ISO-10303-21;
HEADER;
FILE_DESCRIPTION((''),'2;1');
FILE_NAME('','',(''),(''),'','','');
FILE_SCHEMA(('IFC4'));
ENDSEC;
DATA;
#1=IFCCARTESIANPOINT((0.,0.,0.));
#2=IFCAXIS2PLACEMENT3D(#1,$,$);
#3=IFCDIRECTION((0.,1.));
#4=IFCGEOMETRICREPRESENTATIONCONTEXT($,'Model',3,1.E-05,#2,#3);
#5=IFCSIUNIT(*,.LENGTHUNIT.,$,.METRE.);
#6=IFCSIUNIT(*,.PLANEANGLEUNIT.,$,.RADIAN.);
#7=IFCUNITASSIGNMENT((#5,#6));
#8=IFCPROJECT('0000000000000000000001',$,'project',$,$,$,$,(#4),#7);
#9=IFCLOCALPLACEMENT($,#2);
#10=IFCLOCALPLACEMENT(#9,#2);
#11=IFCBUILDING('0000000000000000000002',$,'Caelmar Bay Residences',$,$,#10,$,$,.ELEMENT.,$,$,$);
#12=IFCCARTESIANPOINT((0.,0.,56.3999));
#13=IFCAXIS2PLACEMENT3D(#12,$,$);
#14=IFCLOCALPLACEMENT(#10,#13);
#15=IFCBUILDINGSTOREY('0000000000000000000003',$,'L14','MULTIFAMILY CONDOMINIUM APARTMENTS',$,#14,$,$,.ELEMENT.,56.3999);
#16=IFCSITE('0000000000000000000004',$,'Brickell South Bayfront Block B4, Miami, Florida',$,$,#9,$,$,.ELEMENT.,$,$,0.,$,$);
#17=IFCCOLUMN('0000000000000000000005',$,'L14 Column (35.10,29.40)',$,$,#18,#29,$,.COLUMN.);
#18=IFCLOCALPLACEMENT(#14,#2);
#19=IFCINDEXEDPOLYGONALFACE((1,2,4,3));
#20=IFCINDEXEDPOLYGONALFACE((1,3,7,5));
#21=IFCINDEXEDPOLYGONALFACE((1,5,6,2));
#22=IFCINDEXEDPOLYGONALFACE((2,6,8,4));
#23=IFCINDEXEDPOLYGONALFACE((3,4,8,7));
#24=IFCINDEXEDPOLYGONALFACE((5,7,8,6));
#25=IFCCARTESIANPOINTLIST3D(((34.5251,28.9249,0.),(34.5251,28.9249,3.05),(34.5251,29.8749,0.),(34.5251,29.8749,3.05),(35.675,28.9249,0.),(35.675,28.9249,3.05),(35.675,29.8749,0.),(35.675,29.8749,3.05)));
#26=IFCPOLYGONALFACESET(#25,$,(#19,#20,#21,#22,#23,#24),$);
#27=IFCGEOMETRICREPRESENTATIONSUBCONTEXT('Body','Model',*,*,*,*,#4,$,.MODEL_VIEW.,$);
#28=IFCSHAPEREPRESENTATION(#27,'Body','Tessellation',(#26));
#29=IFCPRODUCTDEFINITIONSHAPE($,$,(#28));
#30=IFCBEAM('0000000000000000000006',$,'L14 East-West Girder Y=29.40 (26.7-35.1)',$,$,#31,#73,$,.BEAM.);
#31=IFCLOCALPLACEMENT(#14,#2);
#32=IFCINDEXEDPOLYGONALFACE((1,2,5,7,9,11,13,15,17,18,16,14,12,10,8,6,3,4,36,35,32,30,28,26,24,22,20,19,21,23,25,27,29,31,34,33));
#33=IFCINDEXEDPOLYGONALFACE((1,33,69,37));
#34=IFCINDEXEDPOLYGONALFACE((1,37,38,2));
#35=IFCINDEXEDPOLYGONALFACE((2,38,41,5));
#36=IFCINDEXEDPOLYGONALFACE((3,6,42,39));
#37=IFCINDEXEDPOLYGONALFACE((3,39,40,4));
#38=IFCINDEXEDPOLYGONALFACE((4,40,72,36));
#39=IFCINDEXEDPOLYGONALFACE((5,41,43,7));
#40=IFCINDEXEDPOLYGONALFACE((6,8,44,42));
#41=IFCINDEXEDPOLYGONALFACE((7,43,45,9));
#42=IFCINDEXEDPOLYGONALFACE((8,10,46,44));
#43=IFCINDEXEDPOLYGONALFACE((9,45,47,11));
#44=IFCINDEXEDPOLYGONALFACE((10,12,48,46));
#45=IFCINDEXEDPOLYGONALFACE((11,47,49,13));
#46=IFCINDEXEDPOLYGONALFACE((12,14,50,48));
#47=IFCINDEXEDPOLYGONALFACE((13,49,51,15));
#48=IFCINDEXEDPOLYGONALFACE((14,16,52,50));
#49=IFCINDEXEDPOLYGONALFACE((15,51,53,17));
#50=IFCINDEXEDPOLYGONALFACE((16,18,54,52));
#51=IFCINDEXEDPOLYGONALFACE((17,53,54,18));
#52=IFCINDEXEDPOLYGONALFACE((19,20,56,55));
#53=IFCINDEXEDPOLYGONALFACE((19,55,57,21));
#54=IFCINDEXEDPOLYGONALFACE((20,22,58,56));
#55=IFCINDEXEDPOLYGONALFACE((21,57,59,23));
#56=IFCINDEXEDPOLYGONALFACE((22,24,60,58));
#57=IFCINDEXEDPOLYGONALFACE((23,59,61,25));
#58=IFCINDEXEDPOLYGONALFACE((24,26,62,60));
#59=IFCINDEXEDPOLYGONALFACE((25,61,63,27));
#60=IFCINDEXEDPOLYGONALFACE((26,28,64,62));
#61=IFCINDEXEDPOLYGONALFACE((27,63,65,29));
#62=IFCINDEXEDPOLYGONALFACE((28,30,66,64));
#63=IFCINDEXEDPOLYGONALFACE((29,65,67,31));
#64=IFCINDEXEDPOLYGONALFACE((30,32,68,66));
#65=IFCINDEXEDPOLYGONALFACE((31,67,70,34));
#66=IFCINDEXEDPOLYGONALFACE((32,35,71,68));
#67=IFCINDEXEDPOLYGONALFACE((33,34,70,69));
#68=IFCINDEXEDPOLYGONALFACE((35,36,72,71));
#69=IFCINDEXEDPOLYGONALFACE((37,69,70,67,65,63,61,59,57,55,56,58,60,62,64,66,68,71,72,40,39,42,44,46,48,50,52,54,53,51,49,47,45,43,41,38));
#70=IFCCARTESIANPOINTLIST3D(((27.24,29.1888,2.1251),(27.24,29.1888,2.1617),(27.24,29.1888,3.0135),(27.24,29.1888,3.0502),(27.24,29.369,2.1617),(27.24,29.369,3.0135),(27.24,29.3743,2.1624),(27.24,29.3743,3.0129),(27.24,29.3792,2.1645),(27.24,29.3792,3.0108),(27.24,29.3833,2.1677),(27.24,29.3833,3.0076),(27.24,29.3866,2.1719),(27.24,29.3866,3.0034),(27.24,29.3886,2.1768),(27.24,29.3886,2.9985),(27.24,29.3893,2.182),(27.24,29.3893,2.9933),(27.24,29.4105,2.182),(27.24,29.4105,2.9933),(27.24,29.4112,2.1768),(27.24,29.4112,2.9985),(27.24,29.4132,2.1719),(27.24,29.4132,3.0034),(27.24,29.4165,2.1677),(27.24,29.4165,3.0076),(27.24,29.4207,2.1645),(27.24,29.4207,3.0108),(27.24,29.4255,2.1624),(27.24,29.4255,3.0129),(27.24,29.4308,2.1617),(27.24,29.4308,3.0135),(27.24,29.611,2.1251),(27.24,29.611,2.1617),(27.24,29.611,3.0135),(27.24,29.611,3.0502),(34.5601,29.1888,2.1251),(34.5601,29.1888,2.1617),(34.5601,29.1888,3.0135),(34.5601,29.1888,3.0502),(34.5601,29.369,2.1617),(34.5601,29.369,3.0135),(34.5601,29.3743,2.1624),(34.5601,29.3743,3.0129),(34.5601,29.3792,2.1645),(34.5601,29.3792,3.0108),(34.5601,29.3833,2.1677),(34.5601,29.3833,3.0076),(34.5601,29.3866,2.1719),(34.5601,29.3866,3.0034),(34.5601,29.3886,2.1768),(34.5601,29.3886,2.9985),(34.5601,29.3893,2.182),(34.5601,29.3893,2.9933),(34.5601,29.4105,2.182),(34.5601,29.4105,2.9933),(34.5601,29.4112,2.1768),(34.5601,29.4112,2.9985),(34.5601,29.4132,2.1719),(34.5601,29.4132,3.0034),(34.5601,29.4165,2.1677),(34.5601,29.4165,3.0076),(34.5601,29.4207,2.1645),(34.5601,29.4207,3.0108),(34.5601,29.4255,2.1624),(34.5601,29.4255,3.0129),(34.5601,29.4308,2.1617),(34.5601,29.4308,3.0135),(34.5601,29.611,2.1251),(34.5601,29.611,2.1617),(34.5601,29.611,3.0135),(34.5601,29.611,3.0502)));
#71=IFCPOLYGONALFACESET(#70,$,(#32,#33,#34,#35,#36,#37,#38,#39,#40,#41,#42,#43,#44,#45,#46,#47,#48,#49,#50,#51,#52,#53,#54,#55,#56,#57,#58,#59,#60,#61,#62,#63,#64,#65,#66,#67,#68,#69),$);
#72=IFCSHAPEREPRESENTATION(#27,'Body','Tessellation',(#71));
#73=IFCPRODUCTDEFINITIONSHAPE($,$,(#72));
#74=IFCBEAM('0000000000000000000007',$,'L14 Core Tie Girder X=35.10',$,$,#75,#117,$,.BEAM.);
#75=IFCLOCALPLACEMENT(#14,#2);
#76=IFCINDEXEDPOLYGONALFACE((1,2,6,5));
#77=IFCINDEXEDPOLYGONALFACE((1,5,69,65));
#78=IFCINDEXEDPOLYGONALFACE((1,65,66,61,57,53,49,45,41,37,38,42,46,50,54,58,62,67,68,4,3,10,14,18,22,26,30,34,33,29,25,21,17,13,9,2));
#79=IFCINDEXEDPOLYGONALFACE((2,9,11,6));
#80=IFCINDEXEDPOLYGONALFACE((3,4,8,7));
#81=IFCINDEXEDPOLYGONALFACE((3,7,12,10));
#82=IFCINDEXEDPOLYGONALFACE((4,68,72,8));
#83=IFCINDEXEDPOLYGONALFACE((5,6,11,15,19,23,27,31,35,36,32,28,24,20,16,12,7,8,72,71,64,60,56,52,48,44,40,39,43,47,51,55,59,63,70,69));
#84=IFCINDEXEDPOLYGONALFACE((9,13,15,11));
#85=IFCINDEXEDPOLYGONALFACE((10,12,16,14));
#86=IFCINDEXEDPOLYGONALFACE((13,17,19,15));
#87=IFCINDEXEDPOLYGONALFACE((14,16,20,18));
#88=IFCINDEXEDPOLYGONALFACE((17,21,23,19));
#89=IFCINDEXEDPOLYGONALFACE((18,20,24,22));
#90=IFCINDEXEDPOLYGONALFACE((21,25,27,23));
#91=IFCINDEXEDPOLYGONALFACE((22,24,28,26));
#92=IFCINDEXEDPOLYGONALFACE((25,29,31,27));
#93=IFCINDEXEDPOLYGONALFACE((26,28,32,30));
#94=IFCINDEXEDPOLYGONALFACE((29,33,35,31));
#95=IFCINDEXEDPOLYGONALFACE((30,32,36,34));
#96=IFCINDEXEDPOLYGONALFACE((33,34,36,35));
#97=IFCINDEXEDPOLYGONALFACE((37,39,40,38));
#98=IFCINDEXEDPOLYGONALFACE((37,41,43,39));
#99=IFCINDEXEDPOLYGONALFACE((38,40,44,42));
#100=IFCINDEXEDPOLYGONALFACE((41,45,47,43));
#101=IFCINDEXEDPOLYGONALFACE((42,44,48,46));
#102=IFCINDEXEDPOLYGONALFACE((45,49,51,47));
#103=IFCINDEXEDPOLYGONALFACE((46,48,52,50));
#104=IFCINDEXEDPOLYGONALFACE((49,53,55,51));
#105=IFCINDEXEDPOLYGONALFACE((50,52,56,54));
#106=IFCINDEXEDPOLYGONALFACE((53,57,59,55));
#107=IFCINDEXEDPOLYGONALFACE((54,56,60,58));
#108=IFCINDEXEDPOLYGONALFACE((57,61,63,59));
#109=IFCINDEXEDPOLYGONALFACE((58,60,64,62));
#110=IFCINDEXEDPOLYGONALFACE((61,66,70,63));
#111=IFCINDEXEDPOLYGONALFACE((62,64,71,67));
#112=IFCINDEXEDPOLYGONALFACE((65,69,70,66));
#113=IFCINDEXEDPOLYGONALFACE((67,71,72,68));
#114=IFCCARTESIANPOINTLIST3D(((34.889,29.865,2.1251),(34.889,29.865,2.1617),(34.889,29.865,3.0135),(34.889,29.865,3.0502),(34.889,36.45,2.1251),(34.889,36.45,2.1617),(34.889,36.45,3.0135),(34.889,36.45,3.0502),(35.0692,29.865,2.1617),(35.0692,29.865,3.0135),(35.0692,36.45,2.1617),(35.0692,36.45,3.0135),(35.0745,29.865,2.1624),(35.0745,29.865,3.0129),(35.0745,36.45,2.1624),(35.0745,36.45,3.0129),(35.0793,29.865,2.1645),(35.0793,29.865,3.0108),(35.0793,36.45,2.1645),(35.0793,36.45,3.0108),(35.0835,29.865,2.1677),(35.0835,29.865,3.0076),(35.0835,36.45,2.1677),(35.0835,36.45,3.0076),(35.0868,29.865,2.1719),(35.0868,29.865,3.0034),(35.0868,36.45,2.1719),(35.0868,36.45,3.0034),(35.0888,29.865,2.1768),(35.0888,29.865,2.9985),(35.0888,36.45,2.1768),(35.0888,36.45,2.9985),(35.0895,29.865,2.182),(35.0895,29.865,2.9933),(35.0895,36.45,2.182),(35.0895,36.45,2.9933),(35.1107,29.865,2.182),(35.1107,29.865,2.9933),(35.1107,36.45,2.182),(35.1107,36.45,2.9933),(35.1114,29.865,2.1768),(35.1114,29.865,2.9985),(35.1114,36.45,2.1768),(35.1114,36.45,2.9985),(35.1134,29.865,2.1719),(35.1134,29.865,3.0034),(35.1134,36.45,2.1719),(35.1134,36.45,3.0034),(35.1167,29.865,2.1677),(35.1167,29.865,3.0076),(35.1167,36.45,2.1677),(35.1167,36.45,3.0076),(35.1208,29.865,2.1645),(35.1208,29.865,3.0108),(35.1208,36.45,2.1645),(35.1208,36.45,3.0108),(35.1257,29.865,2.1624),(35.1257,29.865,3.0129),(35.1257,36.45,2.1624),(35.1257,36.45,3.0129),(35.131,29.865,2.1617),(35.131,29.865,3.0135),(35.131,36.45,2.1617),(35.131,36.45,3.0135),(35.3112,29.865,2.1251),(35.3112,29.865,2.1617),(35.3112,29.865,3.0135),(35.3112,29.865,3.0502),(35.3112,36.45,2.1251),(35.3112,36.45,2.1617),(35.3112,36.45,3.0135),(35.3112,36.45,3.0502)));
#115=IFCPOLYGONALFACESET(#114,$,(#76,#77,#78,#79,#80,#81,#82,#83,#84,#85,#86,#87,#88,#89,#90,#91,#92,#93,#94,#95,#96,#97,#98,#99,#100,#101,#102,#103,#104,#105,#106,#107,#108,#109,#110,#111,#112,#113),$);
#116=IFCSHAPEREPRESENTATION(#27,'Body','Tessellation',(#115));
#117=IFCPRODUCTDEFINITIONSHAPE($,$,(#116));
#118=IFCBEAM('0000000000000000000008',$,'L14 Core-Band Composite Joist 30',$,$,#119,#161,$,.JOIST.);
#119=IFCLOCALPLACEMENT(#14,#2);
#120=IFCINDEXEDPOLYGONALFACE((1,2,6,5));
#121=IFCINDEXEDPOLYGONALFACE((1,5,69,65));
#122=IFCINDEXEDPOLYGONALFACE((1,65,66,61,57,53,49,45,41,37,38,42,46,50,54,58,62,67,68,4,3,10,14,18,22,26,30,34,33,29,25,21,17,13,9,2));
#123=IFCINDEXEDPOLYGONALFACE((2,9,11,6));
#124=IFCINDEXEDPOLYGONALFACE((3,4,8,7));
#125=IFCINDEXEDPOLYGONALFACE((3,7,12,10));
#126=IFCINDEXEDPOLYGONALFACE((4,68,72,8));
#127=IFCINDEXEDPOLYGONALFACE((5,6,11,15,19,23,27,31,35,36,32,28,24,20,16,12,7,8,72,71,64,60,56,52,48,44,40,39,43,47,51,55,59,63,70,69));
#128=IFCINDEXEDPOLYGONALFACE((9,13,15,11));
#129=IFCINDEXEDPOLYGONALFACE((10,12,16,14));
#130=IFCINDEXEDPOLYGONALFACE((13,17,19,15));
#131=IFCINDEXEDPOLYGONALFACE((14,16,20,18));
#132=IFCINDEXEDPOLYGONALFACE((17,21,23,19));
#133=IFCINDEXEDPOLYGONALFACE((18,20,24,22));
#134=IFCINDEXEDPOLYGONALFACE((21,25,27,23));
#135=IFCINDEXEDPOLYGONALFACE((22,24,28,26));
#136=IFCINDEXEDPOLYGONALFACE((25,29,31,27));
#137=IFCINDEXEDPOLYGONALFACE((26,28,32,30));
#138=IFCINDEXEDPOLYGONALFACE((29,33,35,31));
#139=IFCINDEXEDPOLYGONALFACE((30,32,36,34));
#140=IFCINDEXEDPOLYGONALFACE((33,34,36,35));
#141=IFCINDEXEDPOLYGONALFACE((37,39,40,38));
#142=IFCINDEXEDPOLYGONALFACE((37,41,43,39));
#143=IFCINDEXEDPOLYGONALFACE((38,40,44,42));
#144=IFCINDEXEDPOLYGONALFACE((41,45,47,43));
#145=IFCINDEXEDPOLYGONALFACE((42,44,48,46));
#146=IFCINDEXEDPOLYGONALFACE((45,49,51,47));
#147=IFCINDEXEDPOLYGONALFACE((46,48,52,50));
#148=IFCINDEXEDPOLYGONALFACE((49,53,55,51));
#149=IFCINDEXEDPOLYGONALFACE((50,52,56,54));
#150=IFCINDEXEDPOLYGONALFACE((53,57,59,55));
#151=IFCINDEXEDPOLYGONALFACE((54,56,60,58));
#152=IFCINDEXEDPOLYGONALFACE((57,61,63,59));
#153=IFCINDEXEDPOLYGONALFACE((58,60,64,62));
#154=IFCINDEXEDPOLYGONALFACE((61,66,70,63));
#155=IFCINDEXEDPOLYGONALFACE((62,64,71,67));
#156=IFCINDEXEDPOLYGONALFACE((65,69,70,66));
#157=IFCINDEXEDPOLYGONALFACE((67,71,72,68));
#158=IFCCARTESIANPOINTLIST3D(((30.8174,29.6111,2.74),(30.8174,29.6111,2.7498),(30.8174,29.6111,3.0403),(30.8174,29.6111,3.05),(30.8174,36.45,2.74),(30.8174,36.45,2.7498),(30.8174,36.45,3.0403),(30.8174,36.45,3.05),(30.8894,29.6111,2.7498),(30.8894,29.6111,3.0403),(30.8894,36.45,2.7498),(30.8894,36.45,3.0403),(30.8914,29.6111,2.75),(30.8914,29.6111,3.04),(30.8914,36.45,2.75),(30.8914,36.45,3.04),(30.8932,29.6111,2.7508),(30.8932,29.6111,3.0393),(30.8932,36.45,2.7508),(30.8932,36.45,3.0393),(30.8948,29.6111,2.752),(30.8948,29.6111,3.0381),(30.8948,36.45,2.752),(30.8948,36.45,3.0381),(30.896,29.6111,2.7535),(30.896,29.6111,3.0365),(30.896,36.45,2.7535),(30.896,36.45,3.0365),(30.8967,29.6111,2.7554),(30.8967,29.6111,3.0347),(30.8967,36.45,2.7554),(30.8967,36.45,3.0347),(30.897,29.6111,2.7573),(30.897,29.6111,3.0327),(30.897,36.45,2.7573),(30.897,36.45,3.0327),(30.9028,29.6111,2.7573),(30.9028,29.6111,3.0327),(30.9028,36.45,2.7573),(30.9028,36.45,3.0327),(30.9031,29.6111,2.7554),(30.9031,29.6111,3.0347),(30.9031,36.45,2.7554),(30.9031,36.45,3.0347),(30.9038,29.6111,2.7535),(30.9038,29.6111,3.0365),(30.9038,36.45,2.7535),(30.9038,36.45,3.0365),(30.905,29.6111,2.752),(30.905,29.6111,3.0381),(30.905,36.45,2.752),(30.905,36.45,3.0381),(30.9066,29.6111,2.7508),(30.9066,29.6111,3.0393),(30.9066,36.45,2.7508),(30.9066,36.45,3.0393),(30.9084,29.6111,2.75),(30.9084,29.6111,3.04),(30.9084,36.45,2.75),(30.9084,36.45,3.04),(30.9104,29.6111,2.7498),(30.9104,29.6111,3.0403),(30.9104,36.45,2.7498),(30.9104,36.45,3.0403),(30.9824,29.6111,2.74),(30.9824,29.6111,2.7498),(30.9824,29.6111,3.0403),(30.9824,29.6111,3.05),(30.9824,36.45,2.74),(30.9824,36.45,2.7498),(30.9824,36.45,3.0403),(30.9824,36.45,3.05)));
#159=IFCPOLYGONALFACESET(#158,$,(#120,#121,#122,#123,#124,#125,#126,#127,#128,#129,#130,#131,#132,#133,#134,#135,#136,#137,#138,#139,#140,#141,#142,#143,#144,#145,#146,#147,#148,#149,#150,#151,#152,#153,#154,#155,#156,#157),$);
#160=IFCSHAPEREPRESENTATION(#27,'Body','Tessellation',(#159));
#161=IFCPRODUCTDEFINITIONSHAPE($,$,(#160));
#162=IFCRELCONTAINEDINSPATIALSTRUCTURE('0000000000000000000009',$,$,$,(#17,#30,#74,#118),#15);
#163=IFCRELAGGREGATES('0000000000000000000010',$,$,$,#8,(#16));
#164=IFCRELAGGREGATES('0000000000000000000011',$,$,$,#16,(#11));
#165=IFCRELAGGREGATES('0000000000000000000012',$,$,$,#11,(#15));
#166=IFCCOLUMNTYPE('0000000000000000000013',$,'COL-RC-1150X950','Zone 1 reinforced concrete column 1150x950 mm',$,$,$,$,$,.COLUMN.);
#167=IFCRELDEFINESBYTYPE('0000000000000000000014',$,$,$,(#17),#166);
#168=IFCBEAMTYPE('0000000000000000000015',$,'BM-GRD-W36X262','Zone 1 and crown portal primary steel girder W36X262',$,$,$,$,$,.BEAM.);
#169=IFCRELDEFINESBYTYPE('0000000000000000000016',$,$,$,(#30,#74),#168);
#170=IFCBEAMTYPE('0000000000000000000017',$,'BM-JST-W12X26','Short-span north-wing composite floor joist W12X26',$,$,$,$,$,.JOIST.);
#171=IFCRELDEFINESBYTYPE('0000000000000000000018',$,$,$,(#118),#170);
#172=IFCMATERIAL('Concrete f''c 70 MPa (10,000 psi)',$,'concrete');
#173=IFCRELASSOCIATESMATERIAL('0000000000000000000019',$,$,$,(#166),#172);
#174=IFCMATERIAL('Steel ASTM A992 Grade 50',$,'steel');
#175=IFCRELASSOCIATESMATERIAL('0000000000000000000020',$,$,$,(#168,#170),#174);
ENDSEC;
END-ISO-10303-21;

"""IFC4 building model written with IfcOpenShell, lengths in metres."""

from ifc_helpers import new_model, si_unit, direction, frame, origin, origin_2d, place, context, subcontext, project, spatial, rectangle, i_section, extrude, material, material_profile, profile_set, type_object, element, save


model = new_model("IFC4")

# Units and contexts
model_context = context("Model", 3, precision=1e-05, world=origin(), true_north=direction((0.0, 1.0)))
body_context = subcontext(model_context, "Body", "Model", "MODEL_VIEW")
ifc_project = project(units=[si_unit("LENGTHUNIT", "METRE"), si_unit("PLANEANGLEUNIT", "RADIAN")], contexts=[model_context])

# Site, building, storey
site_placement = place(None, origin())
site = spatial("IfcSite", under=ifc_project, at=site_placement, Name="Brickell South Bayfront Block B4, Miami, Florida", CompositionType="ELEMENT", RefElevation=0.0)
building_placement = place(site_placement, origin())
building = spatial("IfcBuilding", under=site, at=building_placement, Name="Caelmar Bay Residences", CompositionType="ELEMENT")
storey_placement = place(building_placement, frame((0.0, 0.0, 56.3999)))
storey = spatial("IfcBuildingStorey", under=building, at=storey_placement, Name="L14", Description="MULTIFAMILY CONDOMINIUM APARTMENTS", CompositionType="ELEMENT", Elevation=56.3999)

# Column
ifc_material_1 = material(Name="Concrete f'c 70 MPa (10,000 psi)", Category="concrete")
ifc_material_profile_1 = material_profile(ifc_material_1, rectangle(XDim=1.1499, YDim=0.95, at=origin_2d()), Name="RC-COL-1150X950")
ifc_profile_set_1 = profile_set([ifc_material_profile_1], Name="Concrete f'c 70 MPa (10,000 psi)")
column_type = type_object("IfcColumnType", Name="COL-RC-1150X950", Description="Zone 1 reinforced concrete column 1150x950 mm", PredefinedType="COLUMN", material=ifc_profile_set_1)
column_placement = place(storey_placement, frame((35.1001, 29.3999, 0.0), z_axis=(0.0, 0.0, 1.0), x_axis=(1.0, 0.0, 0.0)))
element("IfcColumn", 1, at=column_placement, inside=storey, type_object=column_type, Name="L14 Column (35.10,29.40)", PredefinedType="COLUMN", context=body_context, shape_type="SweptSolid", body=[
    extrude(rectangle(XDim=1.1499, YDim=0.95, at=origin_2d()), origin(), (0.0, 0.0, 1.0), 3.05),
])

# Beams
ifc_material_2 = material(Name="Steel ASTM A992 Grade 50", Category="steel")
ifc_material_profile_2 = material_profile(ifc_material_2, i_section(OverallWidth=0.4221, OverallDepth=0.925, WebThickness=0.0212, FlangeThickness=0.0366, FilletRadius=0.0203, at=origin_2d()), Name="W36X262")
ifc_profile_set_2 = profile_set([ifc_material_profile_2], Name="Steel ASTM A992 Grade 50")
beam_type_1 = type_object("IfcBeamType", Name="BM-GRD-W36X262", Description="Zone 1 and crown portal primary steel girder W36X262", PredefinedType="BEAM", material=ifc_profile_set_2)
beam_1_placement = place(storey_placement, frame((27.24, 29.3999, 2.5876), z_axis=(1.0, 0.0, 0.0), x_axis=(0.0, 1.0, 0.0)))
element("IfcBeam", 2, at=beam_1_placement, inside=storey, type_object=beam_type_1, Name="L14 East-West Girder Y=29.40 (26.7-35.1)", PredefinedType="BEAM", context=body_context, shape_type="SweptSolid", body=[
    extrude(i_section(OverallWidth=0.4221, OverallDepth=0.925, WebThickness=0.0212, FlangeThickness=0.0366, FilletRadius=0.0203, at=origin_2d()), origin(), (0.0, 0.0, 1.0), 7.3201),
])
beam_2_placement = place(storey_placement, frame((35.1001, 29.865, 2.5876), z_axis=(0.0, 1.0, 0.0), x_axis=(-1.0, 0.0, 0.0)))
element("IfcBeam", 3, at=beam_2_placement, inside=storey, type_object=beam_type_1, Name="L14 Core Tie Girder X=35.10", PredefinedType="BEAM", context=body_context, shape_type="SweptSolid", body=[
    extrude(i_section(OverallWidth=0.4221, OverallDepth=0.925, WebThickness=0.0212, FlangeThickness=0.0366, FilletRadius=0.0203, at=origin_2d()), origin(), (0.0, 0.0, 1.0), 6.585),
])
ifc_material_profile_3 = material_profile(ifc_material_2, i_section(OverallWidth=0.165, OverallDepth=0.3101, WebThickness=0.0059, FlangeThickness=0.0098, FilletRadius=0.0076, at=origin_2d()), Name="W12X26")
ifc_profile_set_3 = profile_set([ifc_material_profile_3], Name="Steel ASTM A992 Grade 50")
beam_type_2 = type_object("IfcBeamType", Name="BM-JST-W12X26", Description="Short-span north-wing composite floor joist W12X26", PredefinedType="JOIST", material=ifc_profile_set_3)
beam_3_placement = place(storey_placement, frame((30.8999, 29.6111, 2.895), z_axis=(0.0, 1.0, 0.0), x_axis=(-1.0, 0.0, 0.0)))
element("IfcBeam", 4, at=beam_3_placement, inside=storey, type_object=beam_type_2, Name="L14 Core-Band Composite Joist 30", PredefinedType="JOIST", context=body_context, shape_type="SweptSolid", body=[
    extrude(i_section(OverallWidth=0.165, OverallDepth=0.3101, WebThickness=0.0059, FlangeThickness=0.0098, FilletRadius=0.0076, at=origin_2d()), origin(), (0.0, 0.0, 1.0), 6.8389),
])

save(model, "model.ifc")
